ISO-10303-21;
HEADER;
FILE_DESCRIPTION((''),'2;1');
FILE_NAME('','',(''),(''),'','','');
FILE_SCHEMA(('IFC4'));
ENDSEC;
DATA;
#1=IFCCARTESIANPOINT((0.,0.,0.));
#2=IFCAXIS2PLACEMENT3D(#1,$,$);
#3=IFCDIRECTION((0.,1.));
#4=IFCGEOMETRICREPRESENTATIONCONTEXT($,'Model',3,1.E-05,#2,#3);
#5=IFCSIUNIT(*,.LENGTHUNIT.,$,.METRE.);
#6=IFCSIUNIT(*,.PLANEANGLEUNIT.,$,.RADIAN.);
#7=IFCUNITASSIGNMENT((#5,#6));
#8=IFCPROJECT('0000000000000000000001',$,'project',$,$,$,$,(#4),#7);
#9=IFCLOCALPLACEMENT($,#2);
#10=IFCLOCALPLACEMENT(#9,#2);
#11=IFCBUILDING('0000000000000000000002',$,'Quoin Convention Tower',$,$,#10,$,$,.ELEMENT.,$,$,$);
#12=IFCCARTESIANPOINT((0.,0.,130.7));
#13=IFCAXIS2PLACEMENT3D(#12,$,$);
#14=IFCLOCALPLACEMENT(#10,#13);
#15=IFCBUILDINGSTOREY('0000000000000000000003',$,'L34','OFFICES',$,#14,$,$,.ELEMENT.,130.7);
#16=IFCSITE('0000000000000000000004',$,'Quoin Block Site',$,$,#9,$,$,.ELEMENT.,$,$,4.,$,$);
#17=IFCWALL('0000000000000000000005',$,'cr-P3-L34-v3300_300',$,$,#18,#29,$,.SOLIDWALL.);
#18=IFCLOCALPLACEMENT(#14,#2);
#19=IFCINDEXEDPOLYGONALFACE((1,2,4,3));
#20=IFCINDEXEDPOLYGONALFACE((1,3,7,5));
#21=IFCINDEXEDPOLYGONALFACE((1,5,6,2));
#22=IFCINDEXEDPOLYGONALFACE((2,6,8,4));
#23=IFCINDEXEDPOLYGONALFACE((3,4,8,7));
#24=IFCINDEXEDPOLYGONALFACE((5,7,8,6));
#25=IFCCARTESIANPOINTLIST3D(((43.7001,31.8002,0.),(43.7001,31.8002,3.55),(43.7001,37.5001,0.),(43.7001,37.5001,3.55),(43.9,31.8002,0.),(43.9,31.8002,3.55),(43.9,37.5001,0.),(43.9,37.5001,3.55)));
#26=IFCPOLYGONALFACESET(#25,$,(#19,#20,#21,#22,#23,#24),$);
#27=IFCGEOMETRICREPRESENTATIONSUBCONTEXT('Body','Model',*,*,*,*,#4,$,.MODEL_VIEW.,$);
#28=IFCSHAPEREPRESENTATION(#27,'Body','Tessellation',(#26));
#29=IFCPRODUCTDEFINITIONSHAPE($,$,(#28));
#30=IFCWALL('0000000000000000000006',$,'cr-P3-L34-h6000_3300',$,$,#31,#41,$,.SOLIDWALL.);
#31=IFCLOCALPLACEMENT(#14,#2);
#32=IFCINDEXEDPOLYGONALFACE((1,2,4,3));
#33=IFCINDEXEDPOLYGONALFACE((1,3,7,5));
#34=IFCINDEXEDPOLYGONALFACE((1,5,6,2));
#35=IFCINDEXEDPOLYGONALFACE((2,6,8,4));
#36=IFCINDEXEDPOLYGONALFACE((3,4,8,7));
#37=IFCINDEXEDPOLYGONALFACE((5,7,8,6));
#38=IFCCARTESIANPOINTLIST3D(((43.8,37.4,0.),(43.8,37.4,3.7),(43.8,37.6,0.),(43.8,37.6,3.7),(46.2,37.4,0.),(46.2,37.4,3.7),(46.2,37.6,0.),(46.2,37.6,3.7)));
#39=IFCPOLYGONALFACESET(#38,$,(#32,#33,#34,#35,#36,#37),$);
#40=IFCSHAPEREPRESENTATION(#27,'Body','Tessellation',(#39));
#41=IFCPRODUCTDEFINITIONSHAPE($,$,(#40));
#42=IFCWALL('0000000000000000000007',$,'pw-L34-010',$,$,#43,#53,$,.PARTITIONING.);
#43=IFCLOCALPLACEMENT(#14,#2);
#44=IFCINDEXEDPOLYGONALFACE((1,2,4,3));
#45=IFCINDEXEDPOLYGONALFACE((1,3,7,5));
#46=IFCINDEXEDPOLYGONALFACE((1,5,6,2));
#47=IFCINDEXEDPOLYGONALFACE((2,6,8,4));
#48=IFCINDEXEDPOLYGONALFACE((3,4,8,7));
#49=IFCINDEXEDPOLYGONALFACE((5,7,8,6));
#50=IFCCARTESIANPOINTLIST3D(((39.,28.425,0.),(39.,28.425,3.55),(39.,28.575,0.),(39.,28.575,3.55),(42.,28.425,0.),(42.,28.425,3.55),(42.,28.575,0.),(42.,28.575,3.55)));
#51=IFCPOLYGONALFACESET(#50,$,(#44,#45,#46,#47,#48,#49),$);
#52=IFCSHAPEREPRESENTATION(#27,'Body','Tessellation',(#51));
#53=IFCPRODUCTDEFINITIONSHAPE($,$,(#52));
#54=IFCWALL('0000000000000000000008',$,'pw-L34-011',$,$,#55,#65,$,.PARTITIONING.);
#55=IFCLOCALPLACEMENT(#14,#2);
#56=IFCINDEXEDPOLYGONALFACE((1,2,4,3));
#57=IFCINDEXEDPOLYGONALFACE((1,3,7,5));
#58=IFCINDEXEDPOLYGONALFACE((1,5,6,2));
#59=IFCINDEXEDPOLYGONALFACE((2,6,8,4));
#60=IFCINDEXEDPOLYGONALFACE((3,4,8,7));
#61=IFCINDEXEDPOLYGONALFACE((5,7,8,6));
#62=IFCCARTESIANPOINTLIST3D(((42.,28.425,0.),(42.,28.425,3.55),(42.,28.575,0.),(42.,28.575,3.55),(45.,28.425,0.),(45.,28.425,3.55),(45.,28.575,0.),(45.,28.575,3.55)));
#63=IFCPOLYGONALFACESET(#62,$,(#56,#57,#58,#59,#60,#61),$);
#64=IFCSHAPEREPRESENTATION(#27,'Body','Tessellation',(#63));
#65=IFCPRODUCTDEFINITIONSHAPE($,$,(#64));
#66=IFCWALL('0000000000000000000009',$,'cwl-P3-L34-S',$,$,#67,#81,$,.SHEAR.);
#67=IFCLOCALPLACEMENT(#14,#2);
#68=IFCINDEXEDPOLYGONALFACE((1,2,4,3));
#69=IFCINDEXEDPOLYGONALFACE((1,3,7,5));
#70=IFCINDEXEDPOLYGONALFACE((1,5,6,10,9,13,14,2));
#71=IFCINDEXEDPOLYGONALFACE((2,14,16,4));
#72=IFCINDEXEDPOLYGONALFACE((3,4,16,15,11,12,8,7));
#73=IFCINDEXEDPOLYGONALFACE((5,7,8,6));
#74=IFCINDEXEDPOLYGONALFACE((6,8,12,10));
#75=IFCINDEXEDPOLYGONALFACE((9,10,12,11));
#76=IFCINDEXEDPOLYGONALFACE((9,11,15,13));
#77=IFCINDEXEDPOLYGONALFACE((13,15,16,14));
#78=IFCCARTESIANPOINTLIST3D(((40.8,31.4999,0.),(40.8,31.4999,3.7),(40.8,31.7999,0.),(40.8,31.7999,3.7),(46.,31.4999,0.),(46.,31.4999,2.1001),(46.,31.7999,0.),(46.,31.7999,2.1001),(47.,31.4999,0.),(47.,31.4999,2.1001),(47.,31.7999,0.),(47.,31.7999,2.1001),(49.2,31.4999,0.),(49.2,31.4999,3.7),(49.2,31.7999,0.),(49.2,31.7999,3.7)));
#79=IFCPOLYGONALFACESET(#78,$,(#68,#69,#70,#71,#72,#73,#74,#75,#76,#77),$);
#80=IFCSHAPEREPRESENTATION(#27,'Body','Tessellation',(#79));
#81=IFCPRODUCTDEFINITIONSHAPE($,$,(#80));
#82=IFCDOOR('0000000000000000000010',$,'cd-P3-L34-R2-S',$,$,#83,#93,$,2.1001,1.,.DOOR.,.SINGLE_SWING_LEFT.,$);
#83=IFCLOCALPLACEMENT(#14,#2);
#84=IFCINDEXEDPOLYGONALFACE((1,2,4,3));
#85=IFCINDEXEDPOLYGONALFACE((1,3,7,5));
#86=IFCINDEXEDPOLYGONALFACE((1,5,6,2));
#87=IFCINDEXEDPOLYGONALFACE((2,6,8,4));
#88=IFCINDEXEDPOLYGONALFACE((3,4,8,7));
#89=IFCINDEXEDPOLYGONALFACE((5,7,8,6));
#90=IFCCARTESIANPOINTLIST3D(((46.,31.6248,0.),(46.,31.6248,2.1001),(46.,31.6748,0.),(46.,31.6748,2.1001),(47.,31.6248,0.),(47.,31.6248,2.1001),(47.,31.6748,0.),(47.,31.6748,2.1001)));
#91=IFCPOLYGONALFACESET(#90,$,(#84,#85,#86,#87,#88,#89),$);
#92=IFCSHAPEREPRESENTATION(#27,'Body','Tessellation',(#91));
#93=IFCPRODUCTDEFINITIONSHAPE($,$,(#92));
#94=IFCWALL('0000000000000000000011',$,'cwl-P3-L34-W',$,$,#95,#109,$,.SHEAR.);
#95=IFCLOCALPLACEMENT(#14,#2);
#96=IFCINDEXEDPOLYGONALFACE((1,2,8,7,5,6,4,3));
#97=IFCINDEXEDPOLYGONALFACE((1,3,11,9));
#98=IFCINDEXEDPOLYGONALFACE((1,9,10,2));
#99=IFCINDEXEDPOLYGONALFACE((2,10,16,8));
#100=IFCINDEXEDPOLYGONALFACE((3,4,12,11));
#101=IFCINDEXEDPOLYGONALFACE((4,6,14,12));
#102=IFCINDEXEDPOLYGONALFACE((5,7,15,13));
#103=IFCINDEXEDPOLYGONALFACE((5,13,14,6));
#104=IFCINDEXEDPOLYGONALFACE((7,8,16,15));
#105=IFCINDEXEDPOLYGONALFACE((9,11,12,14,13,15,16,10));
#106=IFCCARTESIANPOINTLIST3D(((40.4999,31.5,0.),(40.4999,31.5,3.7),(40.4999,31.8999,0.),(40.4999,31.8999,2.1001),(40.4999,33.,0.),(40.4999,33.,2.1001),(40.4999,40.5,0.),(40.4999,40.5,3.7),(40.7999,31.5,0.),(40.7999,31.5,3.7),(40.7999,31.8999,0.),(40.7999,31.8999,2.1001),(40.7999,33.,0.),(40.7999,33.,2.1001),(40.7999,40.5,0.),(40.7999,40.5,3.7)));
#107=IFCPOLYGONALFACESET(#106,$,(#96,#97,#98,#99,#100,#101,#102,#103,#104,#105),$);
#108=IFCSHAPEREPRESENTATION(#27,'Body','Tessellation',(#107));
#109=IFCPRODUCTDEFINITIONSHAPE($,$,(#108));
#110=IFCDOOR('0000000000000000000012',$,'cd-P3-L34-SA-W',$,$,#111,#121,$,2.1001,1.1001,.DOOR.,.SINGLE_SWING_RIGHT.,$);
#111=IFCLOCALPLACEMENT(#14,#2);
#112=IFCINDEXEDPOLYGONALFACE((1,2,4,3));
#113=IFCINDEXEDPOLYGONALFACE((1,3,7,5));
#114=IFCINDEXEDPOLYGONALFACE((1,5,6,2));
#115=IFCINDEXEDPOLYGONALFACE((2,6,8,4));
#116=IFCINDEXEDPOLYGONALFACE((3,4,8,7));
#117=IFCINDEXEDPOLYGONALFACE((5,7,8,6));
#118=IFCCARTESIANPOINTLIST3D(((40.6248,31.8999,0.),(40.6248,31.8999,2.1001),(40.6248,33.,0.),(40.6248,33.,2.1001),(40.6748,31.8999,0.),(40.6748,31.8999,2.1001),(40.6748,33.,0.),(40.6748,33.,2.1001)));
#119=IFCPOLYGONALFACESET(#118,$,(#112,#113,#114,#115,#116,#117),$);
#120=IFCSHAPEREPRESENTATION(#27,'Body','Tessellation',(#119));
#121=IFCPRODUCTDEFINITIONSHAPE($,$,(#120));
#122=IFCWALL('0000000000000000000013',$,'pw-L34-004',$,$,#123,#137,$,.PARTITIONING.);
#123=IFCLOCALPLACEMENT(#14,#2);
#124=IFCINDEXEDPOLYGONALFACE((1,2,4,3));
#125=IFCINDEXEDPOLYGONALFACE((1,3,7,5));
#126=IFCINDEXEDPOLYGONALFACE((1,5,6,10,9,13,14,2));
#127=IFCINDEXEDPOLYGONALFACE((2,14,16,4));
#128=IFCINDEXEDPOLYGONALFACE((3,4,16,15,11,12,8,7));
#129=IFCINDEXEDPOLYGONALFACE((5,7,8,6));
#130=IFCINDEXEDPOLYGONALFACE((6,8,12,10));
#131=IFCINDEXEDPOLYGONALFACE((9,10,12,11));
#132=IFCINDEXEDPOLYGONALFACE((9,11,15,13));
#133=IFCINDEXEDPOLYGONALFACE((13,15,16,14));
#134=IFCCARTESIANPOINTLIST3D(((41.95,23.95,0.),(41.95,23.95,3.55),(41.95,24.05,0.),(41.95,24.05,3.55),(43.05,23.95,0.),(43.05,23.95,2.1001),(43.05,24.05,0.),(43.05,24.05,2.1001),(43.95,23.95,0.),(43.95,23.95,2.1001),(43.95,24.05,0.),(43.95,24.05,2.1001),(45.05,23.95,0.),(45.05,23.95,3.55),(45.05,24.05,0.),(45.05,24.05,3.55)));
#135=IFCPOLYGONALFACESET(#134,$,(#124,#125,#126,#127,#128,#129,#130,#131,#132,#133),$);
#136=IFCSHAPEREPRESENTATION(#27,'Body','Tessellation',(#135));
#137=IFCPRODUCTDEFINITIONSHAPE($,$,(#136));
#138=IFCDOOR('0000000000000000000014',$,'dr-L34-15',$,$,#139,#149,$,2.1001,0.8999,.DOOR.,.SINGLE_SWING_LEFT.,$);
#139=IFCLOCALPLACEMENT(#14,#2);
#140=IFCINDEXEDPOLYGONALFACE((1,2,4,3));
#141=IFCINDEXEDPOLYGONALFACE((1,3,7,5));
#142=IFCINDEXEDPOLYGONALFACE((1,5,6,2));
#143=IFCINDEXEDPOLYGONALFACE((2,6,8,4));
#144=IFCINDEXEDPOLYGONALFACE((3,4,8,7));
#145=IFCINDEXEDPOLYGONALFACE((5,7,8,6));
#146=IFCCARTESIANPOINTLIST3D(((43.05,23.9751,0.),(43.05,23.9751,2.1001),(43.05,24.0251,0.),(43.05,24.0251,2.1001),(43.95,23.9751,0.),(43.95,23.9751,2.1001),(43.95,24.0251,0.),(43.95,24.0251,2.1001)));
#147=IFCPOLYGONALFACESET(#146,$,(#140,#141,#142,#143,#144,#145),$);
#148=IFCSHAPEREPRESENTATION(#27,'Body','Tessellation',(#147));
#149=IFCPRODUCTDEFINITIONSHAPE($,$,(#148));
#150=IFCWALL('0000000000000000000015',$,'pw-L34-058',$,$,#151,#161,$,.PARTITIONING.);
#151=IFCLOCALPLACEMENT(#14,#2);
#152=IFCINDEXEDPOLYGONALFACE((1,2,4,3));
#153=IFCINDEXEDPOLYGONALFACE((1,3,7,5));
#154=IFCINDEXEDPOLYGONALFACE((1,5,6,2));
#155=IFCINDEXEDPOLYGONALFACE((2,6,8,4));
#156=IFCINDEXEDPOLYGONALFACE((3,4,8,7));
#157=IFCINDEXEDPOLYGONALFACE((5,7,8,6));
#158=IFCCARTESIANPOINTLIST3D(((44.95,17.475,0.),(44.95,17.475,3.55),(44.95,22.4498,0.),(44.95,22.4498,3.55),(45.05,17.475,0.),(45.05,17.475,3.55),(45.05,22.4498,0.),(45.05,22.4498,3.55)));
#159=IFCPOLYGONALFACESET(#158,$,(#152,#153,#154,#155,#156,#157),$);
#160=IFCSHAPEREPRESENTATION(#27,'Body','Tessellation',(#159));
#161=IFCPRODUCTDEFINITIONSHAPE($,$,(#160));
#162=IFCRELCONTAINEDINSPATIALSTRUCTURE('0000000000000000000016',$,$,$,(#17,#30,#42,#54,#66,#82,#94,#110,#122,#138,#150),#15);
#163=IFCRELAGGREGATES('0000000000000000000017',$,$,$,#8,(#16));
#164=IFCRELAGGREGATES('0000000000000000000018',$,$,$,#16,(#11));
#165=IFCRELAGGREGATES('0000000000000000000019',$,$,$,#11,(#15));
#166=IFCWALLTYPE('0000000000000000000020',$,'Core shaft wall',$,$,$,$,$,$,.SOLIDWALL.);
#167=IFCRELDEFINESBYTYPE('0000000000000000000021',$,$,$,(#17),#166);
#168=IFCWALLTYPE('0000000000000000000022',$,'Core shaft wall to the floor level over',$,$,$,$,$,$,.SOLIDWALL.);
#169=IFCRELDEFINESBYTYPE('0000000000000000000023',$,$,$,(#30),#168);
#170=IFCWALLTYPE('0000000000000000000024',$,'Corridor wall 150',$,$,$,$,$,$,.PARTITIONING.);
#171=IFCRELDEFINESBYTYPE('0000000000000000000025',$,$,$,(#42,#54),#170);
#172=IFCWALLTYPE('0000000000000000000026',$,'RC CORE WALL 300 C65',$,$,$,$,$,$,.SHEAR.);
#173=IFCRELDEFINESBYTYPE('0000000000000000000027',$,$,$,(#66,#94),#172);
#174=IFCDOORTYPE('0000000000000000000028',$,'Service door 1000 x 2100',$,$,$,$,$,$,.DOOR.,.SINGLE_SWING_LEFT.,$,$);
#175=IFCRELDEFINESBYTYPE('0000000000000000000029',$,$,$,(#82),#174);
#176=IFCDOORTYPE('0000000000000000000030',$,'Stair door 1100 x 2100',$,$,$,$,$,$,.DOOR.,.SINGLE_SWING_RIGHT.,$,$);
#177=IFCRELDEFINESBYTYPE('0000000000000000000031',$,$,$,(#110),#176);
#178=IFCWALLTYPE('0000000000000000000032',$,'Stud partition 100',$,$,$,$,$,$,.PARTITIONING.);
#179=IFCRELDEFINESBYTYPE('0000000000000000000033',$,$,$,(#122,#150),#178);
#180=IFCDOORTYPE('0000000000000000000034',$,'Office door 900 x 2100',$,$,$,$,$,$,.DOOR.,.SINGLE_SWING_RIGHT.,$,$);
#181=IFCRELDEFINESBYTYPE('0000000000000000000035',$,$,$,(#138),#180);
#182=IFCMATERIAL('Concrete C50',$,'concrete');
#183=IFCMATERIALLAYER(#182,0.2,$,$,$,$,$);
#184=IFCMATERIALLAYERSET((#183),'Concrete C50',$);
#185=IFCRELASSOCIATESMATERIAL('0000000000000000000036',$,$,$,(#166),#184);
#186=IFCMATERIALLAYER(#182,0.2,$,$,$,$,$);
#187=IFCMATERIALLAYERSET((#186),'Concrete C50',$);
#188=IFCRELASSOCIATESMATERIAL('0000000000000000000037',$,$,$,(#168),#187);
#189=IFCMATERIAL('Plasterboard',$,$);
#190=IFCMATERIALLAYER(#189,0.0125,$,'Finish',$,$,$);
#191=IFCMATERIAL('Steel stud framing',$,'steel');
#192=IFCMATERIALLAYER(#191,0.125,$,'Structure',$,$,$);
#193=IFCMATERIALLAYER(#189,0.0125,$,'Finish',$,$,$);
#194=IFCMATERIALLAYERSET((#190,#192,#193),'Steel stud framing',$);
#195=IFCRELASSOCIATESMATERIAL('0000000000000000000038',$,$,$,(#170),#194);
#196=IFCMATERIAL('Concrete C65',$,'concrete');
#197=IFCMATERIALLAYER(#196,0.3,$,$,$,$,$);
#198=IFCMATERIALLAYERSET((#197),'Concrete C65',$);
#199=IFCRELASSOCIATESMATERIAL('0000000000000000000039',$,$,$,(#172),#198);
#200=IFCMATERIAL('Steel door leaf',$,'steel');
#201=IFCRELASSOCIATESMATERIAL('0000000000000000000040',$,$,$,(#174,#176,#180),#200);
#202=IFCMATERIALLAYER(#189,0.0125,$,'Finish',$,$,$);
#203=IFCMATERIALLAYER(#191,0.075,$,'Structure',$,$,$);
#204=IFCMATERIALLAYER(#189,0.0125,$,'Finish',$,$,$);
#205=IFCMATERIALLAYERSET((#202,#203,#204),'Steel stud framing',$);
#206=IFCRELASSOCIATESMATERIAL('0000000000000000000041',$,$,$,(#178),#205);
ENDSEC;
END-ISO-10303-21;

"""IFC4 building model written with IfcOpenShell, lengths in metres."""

from ifc_helpers import new_model, si_unit, direction, frame, frame_2d, origin, place, context, subcontext, project, spatial, rectangle, extrude, material, layer, layer_set, type_object, element, fill, save


model = new_model("IFC4")

# Units and contexts
model_context = context("Model", 3, precision=1e-05, world=origin(), true_north=direction((0.0, 1.0)))
body_context = subcontext(model_context, "Body", "Model", "MODEL_VIEW")
ifc_project = project(units=[si_unit("LENGTHUNIT", "METRE"), si_unit("PLANEANGLEUNIT", "RADIAN")], contexts=[model_context])

# Site, building, storey
site_placement = place(None, origin())
site = spatial("IfcSite", under=ifc_project, at=site_placement, Name="Quoin Block Site", CompositionType="ELEMENT", RefElevation=4.0)
building_placement = place(site_placement, origin())
building = spatial("IfcBuilding", under=site, at=building_placement, Name="Quoin Convention Tower", CompositionType="ELEMENT")
storey_placement = place(building_placement, frame((0.0, 0.0, 130.7)))
storey = spatial("IfcBuildingStorey", under=building, at=storey_placement, Name="L34", Description="OFFICES", CompositionType="ELEMENT", Elevation=130.7)

# Shared definitions
ifc_material_1 = material(Name="Concrete C65", Category="concrete")

# Walls
ifc_material_2 = material(Name="Concrete C50", Category="concrete")
ifc_layer_1 = layer(ifc_material_2, 0.2)
ifc_layer_set_1 = layer_set([ifc_layer_1], Name="Concrete C50")
wall_type_1 = type_object("IfcWallType", Name="Core shaft wall", PredefinedType="SOLIDWALL", material=ifc_layer_set_1)
wall_1_placement = place(storey_placement, frame((43.8, 31.8, 0.0), z_axis=(0.0, 0.0, 1.0), x_axis=(0.0, 1.0, 0.0)))
element("IfcWall", 1, at=wall_1_placement, inside=storey, type_object=wall_type_1, Name="cr-P3-L34-v3300_300", PredefinedType="SOLIDWALL", context=body_context, shape_type="SweptSolid", body=[
    extrude(rectangle(XDim=5.7, YDim=0.2, at=frame_2d((2.8501, 0.0))), origin(), (0.0, 0.0, 1.0), 3.55),
])
ifc_layer_2 = layer(ifc_material_2, 0.2)
ifc_layer_set_2 = layer_set([ifc_layer_2], Name="Concrete C50")
wall_type_2 = type_object("IfcWallType", Name="Core shaft wall to the floor level over", PredefinedType="SOLIDWALL", material=ifc_layer_set_2)
wall_2_placement = place(storey_placement, frame((43.8, 37.5, 0.0), z_axis=(0.0, 0.0, 1.0), x_axis=(1.0, 0.0, 0.0)))
element("IfcWall", 2, at=wall_2_placement, inside=storey, type_object=wall_type_2, Name="cr-P3-L34-h6000_3300", PredefinedType="SOLIDWALL", context=body_context, shape_type="SweptSolid", body=[
    extrude(rectangle(XDim=2.3999, YDim=0.2, at=frame_2d((1.2, 0.0))), origin(), (0.0, 0.0, 1.0), 3.7),
])
ifc_material_3 = material(Name="Plasterboard")
ifc_layer_3 = layer(ifc_material_3, 0.0125, Name="Finish")
ifc_material_4 = material(Name="Steel stud framing", Category="steel")
ifc_layer_4 = layer(ifc_material_4, 0.125, Name="Structure")
ifc_layer_5 = layer(ifc_material_3, 0.0125, Name="Finish")
ifc_layer_set_3 = layer_set([ifc_layer_3, ifc_layer_4, ifc_layer_5], Name="Steel stud framing")
wall_type_3 = type_object("IfcWallType", Name="Corridor wall 150", PredefinedType="PARTITIONING", material=ifc_layer_set_3)
for number, where, z_axis, x_axis, name in (
    (3, (39.0, 28.5, 0.0), (0.0, 0.0, 1.0), (1.0, 0.0, 0.0), "pw-L34-010"),
    (4, (42.0, 28.5, 0.0), (0.0, 0.0, 1.0), (1.0, 0.0, 0.0), "pw-L34-011"),
):
    element("IfcWall", number, at=place(storey_placement, frame(where, z_axis=z_axis, x_axis=x_axis)), inside=storey, type_object=wall_type_3, Name=name, PredefinedType="PARTITIONING", context=body_context, shape_type="SweptSolid", body=[
        extrude(rectangle(XDim=3.0, YDim=0.1499, at=frame_2d((1.5, 0.0))), origin(), (0.0, 0.0, 1.0), 3.55),
    ])

# Walls, openings, doors
ifc_layer_6 = layer(ifc_material_1, 0.3)
ifc_layer_set_4 = layer_set([ifc_layer_6], Name="Concrete C65")
wall_type_4 = type_object("IfcWallType", Name="RC CORE WALL 300 C65", PredefinedType="SHEAR", material=ifc_layer_set_4)
wall_3_placement = place(storey_placement, frame((40.8, 31.6499, 0.0), z_axis=(0.0, 0.0, 1.0), x_axis=(1.0, 0.0, 0.0)))
wall_3 = element("IfcWall", 5, at=wall_3_placement, inside=storey, type_object=wall_type_4, Name="cwl-P3-L34-S", PredefinedType="SHEAR", context=body_context, shape_type="SweptSolid", body=[
    extrude(rectangle(XDim=8.3999, YDim=0.3, at=frame_2d((4.2, 0.0))), origin(), (0.0, 0.0, 1.0), 3.7),
])
opening_1_placement = place(wall_3_placement, frame((5.2, 0.0, 0.0)))
opening_1 = element("IfcOpeningElement", 6, at=opening_1_placement, cuts=wall_3, PredefinedType="OPENING", context=body_context, shape_type="SweptSolid", body=[
    extrude(rectangle(XDim=1.0, YDim=2.1001, at=frame_2d((0.5, 1.05))), frame((0.0, 0.1599, 0.0), z_axis=(0.0, -1.0, 0.0), x_axis=(1.0, 0.0, 0.0)), (0.0, 0.0, 1.0), 0.3201),
])
ifc_material_5 = material(Name="Steel door leaf", Category="steel")
door_type_1 = type_object("IfcDoorType", Name="Service door 1000 x 2100", OperationType="SINGLE_SWING_LEFT", PredefinedType="DOOR", material=ifc_material_5)
door_1_placement = place(opening_1_placement, origin())
door_1 = element("IfcDoor", 7, at=door_1_placement, inside=storey, type_object=door_type_1, Name="cd-P3-L34-R2-S", OperationType="SINGLE_SWING_LEFT", OverallHeight=2.1001, OverallWidth=1.0, PredefinedType="DOOR", context=body_context, shape_type="SweptSolid", body=[
    extrude(rectangle(XDim=1.0, YDim=2.1001, at=frame_2d((0.5, 1.05))), frame((0.0, 0.0249, 0.0), z_axis=(0.0, -1.0, 0.0), x_axis=(1.0, 0.0, 0.0)), (0.0, 0.0, 1.0), 0.05),
])
fill(opening_1, door_1)
wall_4_placement = place(storey_placement, frame((40.6499, 31.5, 0.0), z_axis=(0.0, 0.0, 1.0), x_axis=(0.0, 1.0, 0.0)))
wall_4 = element("IfcWall", 8, at=wall_4_placement, inside=storey, type_object=wall_type_4, Name="cwl-P3-L34-W", PredefinedType="SHEAR", context=body_context, shape_type="SweptSolid", body=[
    extrude(rectangle(XDim=9.0, YDim=0.3, at=frame_2d((4.5, 0.0))), origin(), (0.0, 0.0, 1.0), 3.7),
])
opening_2_placement = place(wall_4_placement, frame((0.3999, 0.0, 0.0)))
opening_2 = element("IfcOpeningElement", 9, at=opening_2_placement, cuts=wall_4, PredefinedType="OPENING", context=body_context, shape_type="SweptSolid", body=[
    extrude(rectangle(XDim=1.1001, YDim=2.1001, at=frame_2d((0.55, 1.05))), frame((0.0, 0.1599, 0.0), z_axis=(0.0, -1.0, 0.0), x_axis=(1.0, 0.0, 0.0)), (0.0, 0.0, 1.0), 0.3201),
])
door_type_2 = type_object("IfcDoorType", Name="Stair door 1100 x 2100", OperationType="SINGLE_SWING_RIGHT", PredefinedType="DOOR", material=ifc_material_5)
door_2_placement = place(opening_2_placement, frame((1.1001, 0.0, 0.0), z_axis=(0.0, 0.0, 1.0), x_axis=(-1.0, 0.0, 0.0)))
door_2 = element("IfcDoor", 10, at=door_2_placement, inside=storey, type_object=door_type_2, Name="cd-P3-L34-SA-W", OperationType="SINGLE_SWING_RIGHT", OverallHeight=2.1001, OverallWidth=1.1001, PredefinedType="DOOR", context=body_context, shape_type="SweptSolid", body=[
    extrude(rectangle(XDim=1.1001, YDim=2.1001, at=frame_2d((0.55, 1.05))), frame((0.0, 0.0249, 0.0), z_axis=(0.0, -1.0, 0.0), x_axis=(1.0, 0.0, 0.0)), (0.0, 0.0, 1.0), 0.05),
])
fill(opening_2, door_2)
ifc_layer_7 = layer(ifc_material_3, 0.0125, Name="Finish")
ifc_layer_8 = layer(ifc_material_4, 0.075, Name="Structure")
ifc_layer_9 = layer(ifc_material_3, 0.0125, Name="Finish")
ifc_layer_set_5 = layer_set([ifc_layer_7, ifc_layer_8, ifc_layer_9], Name="Steel stud framing")
wall_type_5 = type_object("IfcWallType", Name="Stud partition 100", PredefinedType="PARTITIONING", material=ifc_layer_set_5)
wall_5_placement = place(storey_placement, frame((41.95, 24.0, 0.0), z_axis=(0.0, 0.0, 1.0), x_axis=(1.0, 0.0, 0.0)))
wall_5 = element("IfcWall", 11, at=wall_5_placement, inside=storey, type_object=wall_type_5, Name="pw-L34-004", PredefinedType="PARTITIONING", context=body_context, shape_type="SweptSolid", body=[
    extrude(rectangle(XDim=3.1001, YDim=0.1001, at=frame_2d((1.55, 0.0))), origin(), (0.0, 0.0, 1.0), 3.55),
])
opening_3_placement = place(wall_5_placement, frame((1.1001, 0.0, 0.0)))
opening_3 = element("IfcOpeningElement", 12, at=opening_3_placement, cuts=wall_5, PredefinedType="OPENING", context=body_context, shape_type="SweptSolid", body=[
    extrude(rectangle(XDim=0.8999, YDim=2.1001, at=frame_2d((0.45, 1.05))), frame((0.0, 0.0601, 0.0), z_axis=(0.0, -1.0, 0.0), x_axis=(1.0, 0.0, 0.0)), (0.0, 0.0, 1.0), 0.1201),
])
door_type_3 = type_object("IfcDoorType", Name="Office door 900 x 2100", OperationType="SINGLE_SWING_RIGHT", PredefinedType="DOOR", material=ifc_material_5)
door_3_placement = place(opening_3_placement, frame((0.8999, 0.0, 0.0), z_axis=(0.0, 0.0, 1.0), x_axis=(-1.0, 0.0, 0.0)))
door_3 = element("IfcDoor", 13, at=door_3_placement, inside=storey, type_object=door_type_3, Name="dr-L34-15", OperationType="SINGLE_SWING_LEFT", OverallHeight=2.1001, OverallWidth=0.8999, PredefinedType="DOOR", context=body_context, shape_type="SweptSolid", body=[
    extrude(rectangle(XDim=0.8999, YDim=2.1001, at=frame_2d((0.45, 1.05))), frame((0.0, 0.0249, 0.0), z_axis=(0.0, -1.0, 0.0), x_axis=(1.0, 0.0, 0.0)), (0.0, 0.0, 1.0), 0.05),
])
fill(opening_3, door_3)

# Wall
wall_6_placement = place(storey_placement, frame((45.0, 17.4751, 0.0), z_axis=(0.0, 0.0, 1.0), x_axis=(0.0, 1.0, 0.0)))
element("IfcWall", 14, at=wall_6_placement, inside=storey, type_object=wall_type_5, Name="pw-L34-058", PredefinedType="PARTITIONING", context=body_context, shape_type="SweptSolid", body=[
    extrude(rectangle(XDim=4.9749, YDim=0.1001, at=frame_2d((2.4873, 0.0))), origin(), (0.0, 0.0, 1.0), 3.55),
])

save(model, "model.ifc")
